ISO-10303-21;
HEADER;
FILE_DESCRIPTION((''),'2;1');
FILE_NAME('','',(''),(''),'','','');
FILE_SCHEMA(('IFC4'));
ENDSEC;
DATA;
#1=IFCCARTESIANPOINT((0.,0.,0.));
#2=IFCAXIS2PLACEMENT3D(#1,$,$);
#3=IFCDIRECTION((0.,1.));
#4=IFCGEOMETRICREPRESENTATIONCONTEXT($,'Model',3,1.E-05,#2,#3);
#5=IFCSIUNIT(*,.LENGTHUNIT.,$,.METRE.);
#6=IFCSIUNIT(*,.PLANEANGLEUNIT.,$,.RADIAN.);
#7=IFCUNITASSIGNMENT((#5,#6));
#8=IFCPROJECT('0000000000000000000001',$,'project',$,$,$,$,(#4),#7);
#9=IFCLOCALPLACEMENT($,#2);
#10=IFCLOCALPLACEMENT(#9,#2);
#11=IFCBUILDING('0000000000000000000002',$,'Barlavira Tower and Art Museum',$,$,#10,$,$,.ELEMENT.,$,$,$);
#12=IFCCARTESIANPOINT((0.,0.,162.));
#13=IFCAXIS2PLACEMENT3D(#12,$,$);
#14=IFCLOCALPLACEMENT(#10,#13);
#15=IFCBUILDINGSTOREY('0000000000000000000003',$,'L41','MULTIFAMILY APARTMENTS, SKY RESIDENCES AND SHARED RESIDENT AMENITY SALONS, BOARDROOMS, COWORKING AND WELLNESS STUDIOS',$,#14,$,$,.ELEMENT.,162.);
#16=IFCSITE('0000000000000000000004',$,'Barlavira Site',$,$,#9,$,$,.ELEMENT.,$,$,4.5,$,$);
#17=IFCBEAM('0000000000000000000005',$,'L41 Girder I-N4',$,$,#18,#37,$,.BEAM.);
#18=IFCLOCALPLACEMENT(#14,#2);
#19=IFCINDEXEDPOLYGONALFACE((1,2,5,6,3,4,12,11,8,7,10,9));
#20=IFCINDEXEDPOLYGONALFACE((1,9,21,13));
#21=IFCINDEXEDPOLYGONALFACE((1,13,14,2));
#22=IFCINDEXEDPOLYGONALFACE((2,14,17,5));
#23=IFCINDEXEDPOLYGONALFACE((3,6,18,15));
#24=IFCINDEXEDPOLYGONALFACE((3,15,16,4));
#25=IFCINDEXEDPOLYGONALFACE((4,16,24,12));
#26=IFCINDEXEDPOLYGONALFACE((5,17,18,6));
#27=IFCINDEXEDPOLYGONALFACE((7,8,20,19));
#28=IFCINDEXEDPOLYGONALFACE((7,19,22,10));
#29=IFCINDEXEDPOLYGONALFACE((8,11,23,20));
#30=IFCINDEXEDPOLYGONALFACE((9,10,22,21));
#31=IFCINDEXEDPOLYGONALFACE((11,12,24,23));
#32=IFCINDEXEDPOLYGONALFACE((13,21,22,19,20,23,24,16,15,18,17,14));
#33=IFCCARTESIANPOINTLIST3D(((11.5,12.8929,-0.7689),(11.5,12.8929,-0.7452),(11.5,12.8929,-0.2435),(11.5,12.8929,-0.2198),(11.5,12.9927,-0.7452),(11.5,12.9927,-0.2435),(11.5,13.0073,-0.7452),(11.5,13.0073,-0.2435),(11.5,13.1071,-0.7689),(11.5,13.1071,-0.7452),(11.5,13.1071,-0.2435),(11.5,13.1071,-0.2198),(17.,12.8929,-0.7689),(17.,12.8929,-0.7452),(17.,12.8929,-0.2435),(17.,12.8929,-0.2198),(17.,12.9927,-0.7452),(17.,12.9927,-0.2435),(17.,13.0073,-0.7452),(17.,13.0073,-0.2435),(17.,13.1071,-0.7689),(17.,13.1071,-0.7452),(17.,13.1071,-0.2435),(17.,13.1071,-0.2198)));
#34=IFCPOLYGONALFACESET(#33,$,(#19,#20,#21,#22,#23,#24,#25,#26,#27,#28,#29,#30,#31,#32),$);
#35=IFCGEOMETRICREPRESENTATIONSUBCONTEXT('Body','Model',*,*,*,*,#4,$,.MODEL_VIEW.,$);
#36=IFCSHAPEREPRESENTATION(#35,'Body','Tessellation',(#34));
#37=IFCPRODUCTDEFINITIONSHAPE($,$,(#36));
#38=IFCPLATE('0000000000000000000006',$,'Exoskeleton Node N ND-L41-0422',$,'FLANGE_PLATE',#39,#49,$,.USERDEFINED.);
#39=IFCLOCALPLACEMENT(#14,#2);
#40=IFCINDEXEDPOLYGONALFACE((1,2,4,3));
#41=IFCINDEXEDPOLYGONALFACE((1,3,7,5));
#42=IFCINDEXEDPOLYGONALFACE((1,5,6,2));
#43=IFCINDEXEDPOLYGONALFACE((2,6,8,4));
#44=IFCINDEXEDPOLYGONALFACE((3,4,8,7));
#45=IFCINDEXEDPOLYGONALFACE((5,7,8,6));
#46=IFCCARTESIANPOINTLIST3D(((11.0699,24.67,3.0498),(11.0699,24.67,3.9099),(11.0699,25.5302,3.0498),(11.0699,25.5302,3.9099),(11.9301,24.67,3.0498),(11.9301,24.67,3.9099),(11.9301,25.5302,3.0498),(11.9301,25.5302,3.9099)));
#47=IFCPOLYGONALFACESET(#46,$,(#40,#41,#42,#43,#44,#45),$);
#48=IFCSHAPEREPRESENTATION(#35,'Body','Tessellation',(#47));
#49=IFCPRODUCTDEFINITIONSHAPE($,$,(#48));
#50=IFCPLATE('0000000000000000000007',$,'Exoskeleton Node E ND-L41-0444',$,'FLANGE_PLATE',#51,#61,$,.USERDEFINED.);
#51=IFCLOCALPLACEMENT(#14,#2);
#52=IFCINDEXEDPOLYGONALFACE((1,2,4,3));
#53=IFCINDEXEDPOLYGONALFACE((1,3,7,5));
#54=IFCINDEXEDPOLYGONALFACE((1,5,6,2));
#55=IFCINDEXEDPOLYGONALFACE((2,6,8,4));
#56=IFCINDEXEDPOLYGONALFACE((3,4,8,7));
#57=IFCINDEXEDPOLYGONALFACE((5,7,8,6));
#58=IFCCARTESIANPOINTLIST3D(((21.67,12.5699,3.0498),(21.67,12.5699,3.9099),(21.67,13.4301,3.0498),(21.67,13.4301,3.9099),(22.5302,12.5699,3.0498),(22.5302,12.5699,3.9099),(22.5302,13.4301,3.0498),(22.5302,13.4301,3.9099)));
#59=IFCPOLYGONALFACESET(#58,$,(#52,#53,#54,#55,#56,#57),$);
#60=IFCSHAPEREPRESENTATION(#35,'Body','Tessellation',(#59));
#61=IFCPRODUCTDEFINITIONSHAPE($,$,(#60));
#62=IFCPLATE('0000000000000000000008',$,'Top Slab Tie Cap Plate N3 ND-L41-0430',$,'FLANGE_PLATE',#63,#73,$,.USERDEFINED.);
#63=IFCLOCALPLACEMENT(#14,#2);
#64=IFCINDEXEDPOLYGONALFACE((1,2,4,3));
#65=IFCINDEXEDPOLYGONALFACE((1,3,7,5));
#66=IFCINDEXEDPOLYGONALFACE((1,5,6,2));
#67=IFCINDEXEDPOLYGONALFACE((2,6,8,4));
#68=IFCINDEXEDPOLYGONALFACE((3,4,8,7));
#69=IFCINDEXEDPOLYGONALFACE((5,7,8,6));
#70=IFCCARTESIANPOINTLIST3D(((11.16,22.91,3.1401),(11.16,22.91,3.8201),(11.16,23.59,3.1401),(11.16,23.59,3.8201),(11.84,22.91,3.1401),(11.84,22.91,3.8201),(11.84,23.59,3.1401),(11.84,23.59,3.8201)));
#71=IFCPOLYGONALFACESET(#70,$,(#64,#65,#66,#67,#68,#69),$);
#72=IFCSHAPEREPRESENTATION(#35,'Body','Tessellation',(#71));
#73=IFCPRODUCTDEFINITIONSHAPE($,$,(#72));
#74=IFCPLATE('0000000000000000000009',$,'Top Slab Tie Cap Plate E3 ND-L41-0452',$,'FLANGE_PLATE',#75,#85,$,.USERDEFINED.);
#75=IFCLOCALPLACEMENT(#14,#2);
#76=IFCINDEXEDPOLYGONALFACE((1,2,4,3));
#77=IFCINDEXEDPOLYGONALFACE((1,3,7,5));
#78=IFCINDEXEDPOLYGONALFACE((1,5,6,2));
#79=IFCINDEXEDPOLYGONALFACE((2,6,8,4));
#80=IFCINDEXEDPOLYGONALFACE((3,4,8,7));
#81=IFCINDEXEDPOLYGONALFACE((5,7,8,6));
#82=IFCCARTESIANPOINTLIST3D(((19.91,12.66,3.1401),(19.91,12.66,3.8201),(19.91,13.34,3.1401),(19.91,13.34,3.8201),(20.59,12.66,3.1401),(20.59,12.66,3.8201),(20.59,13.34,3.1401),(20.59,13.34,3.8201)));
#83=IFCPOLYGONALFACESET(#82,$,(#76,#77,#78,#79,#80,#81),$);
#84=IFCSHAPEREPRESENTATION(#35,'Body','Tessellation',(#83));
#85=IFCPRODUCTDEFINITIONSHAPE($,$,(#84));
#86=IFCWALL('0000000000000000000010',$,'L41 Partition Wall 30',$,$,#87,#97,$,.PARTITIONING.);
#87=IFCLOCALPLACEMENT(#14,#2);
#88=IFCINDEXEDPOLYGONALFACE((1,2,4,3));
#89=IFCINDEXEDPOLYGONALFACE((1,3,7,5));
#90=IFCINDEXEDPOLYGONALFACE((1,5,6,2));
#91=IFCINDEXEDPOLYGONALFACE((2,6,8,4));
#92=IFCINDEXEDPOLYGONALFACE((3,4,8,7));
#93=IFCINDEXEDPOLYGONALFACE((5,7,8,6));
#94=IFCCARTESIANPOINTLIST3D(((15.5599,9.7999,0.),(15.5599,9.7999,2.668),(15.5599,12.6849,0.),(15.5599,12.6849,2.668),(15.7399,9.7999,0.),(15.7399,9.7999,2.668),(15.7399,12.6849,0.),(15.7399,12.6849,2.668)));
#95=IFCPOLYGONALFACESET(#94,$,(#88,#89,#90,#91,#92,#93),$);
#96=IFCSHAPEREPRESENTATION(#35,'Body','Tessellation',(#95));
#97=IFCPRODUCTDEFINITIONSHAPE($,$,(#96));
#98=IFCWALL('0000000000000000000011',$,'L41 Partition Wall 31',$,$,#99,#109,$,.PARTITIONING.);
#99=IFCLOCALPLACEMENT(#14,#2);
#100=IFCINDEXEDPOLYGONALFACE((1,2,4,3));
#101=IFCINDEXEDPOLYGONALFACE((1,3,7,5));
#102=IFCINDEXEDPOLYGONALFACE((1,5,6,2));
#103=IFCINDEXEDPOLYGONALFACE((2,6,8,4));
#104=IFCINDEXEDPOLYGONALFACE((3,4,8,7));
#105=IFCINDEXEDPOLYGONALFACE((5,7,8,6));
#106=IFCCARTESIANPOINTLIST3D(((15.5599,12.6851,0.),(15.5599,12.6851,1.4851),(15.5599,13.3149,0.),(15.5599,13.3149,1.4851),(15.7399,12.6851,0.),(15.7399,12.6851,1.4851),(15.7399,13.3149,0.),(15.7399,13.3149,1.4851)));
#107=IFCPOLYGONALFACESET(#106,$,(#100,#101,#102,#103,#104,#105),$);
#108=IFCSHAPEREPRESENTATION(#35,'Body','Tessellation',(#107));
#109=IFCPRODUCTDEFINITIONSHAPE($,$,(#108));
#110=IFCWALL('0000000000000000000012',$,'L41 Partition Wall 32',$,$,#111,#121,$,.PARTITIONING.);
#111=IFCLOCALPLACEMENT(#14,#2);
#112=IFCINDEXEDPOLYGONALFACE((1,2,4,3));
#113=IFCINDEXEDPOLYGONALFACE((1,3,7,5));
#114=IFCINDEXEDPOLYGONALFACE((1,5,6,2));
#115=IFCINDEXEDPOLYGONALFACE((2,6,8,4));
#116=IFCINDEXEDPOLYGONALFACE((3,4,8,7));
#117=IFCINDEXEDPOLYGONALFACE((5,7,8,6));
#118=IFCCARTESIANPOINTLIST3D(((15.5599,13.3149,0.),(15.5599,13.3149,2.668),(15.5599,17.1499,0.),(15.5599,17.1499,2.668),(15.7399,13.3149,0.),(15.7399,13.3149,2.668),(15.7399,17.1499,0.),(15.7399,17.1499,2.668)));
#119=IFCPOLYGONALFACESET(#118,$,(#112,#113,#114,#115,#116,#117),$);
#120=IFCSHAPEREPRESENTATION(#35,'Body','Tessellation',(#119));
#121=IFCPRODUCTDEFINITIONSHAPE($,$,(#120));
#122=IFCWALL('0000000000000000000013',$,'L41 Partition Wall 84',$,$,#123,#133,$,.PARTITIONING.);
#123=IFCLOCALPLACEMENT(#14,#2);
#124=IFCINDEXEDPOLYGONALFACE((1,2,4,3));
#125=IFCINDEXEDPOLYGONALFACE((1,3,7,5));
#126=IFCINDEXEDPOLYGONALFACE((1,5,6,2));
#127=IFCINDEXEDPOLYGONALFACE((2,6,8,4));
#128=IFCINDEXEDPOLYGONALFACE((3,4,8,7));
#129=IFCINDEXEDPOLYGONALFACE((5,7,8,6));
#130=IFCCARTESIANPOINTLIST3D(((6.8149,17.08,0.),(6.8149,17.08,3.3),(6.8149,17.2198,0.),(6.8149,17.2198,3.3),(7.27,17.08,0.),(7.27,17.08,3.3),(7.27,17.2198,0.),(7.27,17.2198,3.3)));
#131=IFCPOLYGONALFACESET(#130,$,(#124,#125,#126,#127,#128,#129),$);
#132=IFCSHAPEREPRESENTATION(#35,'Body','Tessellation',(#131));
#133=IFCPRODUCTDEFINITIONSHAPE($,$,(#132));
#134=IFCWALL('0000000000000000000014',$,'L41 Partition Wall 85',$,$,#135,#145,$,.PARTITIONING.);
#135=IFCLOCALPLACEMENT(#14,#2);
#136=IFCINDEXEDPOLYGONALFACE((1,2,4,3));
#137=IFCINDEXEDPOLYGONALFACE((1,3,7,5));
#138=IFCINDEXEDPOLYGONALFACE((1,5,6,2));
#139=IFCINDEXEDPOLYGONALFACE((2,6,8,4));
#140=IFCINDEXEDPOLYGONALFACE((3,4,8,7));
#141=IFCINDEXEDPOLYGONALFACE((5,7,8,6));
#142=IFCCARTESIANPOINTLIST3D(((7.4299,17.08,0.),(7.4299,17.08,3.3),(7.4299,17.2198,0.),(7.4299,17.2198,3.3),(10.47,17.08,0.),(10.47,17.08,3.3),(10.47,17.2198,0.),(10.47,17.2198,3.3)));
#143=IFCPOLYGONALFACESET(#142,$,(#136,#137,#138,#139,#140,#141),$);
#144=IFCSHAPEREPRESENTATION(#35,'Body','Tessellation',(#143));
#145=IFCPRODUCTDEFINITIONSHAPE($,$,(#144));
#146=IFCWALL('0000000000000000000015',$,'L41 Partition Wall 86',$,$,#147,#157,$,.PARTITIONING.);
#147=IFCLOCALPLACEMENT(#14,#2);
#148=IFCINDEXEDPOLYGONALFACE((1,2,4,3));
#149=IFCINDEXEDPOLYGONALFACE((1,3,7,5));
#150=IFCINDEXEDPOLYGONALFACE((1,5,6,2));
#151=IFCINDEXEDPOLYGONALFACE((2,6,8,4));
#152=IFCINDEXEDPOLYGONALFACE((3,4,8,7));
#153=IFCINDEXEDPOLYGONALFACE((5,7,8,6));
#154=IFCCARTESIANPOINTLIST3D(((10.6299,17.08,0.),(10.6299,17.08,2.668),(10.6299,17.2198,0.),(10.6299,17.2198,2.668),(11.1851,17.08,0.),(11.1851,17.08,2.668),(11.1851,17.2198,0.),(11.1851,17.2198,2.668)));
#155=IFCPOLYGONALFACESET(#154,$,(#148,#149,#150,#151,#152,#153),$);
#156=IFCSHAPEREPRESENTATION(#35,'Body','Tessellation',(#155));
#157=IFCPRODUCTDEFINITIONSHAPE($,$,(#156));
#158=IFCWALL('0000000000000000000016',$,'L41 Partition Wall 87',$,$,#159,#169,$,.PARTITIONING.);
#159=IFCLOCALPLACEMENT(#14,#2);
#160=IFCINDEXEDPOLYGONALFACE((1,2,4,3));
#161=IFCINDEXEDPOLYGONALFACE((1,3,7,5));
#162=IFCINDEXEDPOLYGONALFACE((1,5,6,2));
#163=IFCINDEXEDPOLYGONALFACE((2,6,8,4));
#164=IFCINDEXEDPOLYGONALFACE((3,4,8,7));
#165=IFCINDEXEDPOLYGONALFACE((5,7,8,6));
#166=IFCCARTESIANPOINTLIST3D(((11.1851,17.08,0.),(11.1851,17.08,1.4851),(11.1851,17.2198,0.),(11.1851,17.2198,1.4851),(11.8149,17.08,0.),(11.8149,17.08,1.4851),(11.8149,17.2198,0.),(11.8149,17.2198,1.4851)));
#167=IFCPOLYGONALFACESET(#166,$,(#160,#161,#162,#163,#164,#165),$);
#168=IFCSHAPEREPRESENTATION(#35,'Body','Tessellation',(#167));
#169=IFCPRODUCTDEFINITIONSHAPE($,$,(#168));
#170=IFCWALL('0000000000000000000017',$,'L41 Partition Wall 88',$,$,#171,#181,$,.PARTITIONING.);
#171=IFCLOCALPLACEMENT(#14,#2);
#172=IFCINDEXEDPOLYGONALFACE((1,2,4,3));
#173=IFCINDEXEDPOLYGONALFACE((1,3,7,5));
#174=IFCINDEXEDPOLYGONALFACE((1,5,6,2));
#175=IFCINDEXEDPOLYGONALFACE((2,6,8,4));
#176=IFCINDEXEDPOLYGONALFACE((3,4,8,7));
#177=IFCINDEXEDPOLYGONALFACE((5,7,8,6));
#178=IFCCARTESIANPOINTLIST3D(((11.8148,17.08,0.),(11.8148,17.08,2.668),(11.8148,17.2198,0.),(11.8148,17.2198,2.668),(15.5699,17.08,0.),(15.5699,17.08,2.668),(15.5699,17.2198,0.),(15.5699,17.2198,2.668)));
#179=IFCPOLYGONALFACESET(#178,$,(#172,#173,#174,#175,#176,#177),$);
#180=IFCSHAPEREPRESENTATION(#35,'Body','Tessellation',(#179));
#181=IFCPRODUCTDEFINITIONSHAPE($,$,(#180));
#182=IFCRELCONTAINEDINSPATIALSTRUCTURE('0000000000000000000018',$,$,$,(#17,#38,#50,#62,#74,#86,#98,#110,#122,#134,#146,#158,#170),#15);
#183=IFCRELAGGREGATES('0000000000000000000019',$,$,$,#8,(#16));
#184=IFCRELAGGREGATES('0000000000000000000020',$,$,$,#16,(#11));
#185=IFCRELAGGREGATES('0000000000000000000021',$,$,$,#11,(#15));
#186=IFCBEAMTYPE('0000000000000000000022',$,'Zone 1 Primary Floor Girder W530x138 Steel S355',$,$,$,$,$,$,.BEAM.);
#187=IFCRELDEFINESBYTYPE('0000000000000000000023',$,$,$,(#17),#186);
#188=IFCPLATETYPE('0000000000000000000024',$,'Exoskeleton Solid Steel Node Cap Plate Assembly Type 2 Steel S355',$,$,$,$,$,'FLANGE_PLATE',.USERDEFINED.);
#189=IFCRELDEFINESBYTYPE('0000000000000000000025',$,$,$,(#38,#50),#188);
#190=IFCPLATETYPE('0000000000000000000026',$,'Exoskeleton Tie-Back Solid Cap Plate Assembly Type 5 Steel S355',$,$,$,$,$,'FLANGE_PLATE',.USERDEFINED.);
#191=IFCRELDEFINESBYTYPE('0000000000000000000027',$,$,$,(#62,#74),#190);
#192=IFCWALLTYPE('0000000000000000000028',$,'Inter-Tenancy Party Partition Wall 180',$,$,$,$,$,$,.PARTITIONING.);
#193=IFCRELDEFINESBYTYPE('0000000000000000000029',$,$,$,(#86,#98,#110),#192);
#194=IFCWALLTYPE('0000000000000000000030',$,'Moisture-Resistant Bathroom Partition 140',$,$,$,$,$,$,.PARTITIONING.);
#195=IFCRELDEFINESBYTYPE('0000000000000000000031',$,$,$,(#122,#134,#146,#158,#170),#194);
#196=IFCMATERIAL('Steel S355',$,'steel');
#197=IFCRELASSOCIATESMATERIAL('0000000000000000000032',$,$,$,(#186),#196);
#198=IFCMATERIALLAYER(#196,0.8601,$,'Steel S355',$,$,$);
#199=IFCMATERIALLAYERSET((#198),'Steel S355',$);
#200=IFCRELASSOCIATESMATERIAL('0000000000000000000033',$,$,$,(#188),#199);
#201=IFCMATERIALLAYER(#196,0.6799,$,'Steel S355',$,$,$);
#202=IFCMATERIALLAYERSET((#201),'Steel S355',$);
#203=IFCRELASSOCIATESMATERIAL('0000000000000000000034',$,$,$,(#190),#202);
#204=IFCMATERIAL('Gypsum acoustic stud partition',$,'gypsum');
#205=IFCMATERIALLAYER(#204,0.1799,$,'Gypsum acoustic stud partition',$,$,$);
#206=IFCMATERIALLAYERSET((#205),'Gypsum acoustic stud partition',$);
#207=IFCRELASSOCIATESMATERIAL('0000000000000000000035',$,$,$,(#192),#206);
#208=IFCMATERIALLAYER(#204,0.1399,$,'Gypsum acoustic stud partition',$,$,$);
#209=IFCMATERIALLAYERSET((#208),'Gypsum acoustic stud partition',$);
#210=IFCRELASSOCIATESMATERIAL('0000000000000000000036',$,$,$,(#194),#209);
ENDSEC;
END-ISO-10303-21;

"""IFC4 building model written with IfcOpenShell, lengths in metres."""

from ifc_helpers import new_model, si_unit, direction, frame, frame_2d, origin, origin_2d, place, context, subcontext, project, spatial, rectangle, i_section, extrude, material, layer, layer_set, material_profile, profile_set, type_object, element, save


model = new_model("IFC4")

# Units and contexts
model_context = context("Model", 3, precision=1e-05, world=origin(), true_north=direction((0.0, 1.0)))
body_context = subcontext(model_context, "Body", "Model", "MODEL_VIEW")
ifc_project = project(units=[si_unit("LENGTHUNIT", "METRE"), si_unit("PLANEANGLEUNIT", "RADIAN")], contexts=[model_context])

# Site, building, storey
site_placement = place(None, origin())
site = spatial("IfcSite", under=ifc_project, at=site_placement, Name="Barlavira Site", CompositionType="ELEMENT", RefElevation=4.5)
building_placement = place(site_placement, origin())
building = spatial("IfcBuilding", under=site, at=building_placement, Name="Barlavira Tower and Art Museum", CompositionType="ELEMENT")
storey_placement = place(building_placement, frame((0.0, 0.0, 162.0)))
storey = spatial("IfcBuildingStorey", under=building, at=storey_placement, Name="L41", Description="MULTIFAMILY APARTMENTS, SKY RESIDENCES AND SHARED RESIDENT AMENITY SALONS, BOARDROOMS, COWORKING AND WELLNESS STUDIOS", CompositionType="ELEMENT", Elevation=162.0)

# Shared definitions
ifc_material_1 = material(Name="Steel S355", Category="steel")

# Beam
ifc_material_profile_1 = material_profile(ifc_material_1, i_section(OverallWidth=0.2141, OverallDepth=0.5491, WebThickness=0.0146, FlangeThickness=0.0237, at=origin_2d()), Name="W530x138.0")
ifc_profile_set_1 = profile_set([ifc_material_profile_1], Name="Steel S355")
beam_type_1 = type_object("IfcBeamType", Name="Zone 1 Primary Floor Girder W530x138 Steel S355", PredefinedType="BEAM", material=ifc_profile_set_1)
beam_1_placement = place(storey_placement, frame((11.5, 13.0, -0.4944), z_axis=(1.0, 0.0, 0.0), x_axis=(0.0, 1.0, 0.0)))
element("IfcBeam", 1, at=beam_1_placement, inside=storey, type_object=beam_type_1, Name="L41 Girder I-N4", PredefinedType="BEAM", context=body_context, shape_type="SweptSolid", body=[
    extrude(i_section(OverallWidth=0.2141, OverallDepth=0.5491, WebThickness=0.0146, FlangeThickness=0.0237, at=origin_2d()), origin(), (0.0, 0.0, 1.0), 5.5),
])

# Plates
ifc_layer_1 = layer(ifc_material_1, 0.8601, Name="Steel S355")
ifc_layer_set_1 = layer_set([ifc_layer_1], Name="Steel S355")
plate_type_1 = type_object("IfcPlateType", Name="Exoskeleton Solid Steel Node Cap Plate Assembly Type 2 Steel S355", ElementType="FLANGE_PLATE", PredefinedType="USERDEFINED", material=ifc_layer_set_1)
for number, where, z_axis, x_axis, name in (
    (2, (11.5, 25.1001, 3.0498), (0.0, 0.0, 1.0), (1.0, 0.0, 0.0), "Exoskeleton Node N ND-L41-0422"),
    (3, (22.1001, 13.0, 3.0498), (0.0, 0.0, 1.0), (1.0, 0.0, 0.0), "Exoskeleton Node E ND-L41-0444"),
):
    element("IfcPlate", number, at=place(storey_placement, frame(where, z_axis=z_axis, x_axis=x_axis)), inside=storey, type_object=plate_type_1, Name=name, ObjectType="FLANGE_PLATE", PredefinedType="USERDEFINED", context=body_context, shape_type="SweptSolid", body=[
        extrude(rectangle(XDim=0.8601, YDim=0.8601, at=origin_2d()), origin(), (0.0, 0.0, 1.0), 0.8601),
    ])
ifc_layer_2 = layer(ifc_material_1, 0.6799, Name="Steel S355")
ifc_layer_set_2 = layer_set([ifc_layer_2], Name="Steel S355")
plate_type_2 = type_object("IfcPlateType", Name="Exoskeleton Tie-Back Solid Cap Plate Assembly Type 5 Steel S355", ElementType="FLANGE_PLATE", PredefinedType="USERDEFINED", material=ifc_layer_set_2)
for number, where, z_axis, x_axis, name in (
    (4, (11.5, 23.25, 3.1401), (0.0, 0.0, 1.0), (1.0, 0.0, 0.0), "Top Slab Tie Cap Plate N3 ND-L41-0430"),
    (5, (20.25, 13.0, 3.1401), (0.0, 0.0, 1.0), (1.0, 0.0, 0.0), "Top Slab Tie Cap Plate E3 ND-L41-0452"),
):
    element("IfcPlate", number, at=place(storey_placement, frame(where, z_axis=z_axis, x_axis=x_axis)), inside=storey, type_object=plate_type_2, Name=name, ObjectType="FLANGE_PLATE", PredefinedType="USERDEFINED", context=body_context, shape_type="SweptSolid", body=[
        extrude(rectangle(XDim=0.6799, YDim=0.6799, at=origin_2d()), origin(), (0.0, 0.0, 1.0), 0.6799),
    ])

# Walls
ifc_material_2 = material(Name="Gypsum acoustic stud partition", Category="gypsum")
ifc_layer_3 = layer(ifc_material_2, 0.1799, Name="Gypsum acoustic stud partition")
ifc_layer_set_3 = layer_set([ifc_layer_3], Name="Gypsum acoustic stud partition")
wall_type_1 = type_object("IfcWallType", Name="Inter-Tenancy Party Partition Wall 180", PredefinedType="PARTITIONING", material=ifc_layer_set_3)
wall_1_placement = place(storey_placement, frame((15.6499, 9.8, 0.0), z_axis=(0.0, 0.0, 1.0), x_axis=(0.0, 1.0, 0.0)))
element("IfcWall", 6, at=wall_1_placement, inside=storey, type_object=wall_type_1, Name="L41 Partition Wall 30", PredefinedType="PARTITIONING", context=body_context, shape_type="SweptSolid", body=[
    extrude(rectangle(XDim=2.885, YDim=0.1799, at=frame_2d((1.4424, 0.0))), origin(), (0.0, 0.0, 1.0), 2.668),
])
wall_2_placement = place(storey_placement, frame((15.6499, 12.6851, 0.0), z_axis=(0.0, 0.0, 1.0), x_axis=(0.0, 1.0, 0.0)))
element("IfcWall", 7, at=wall_2_placement, inside=storey, type_object=wall_type_1, Name="L41 Partition Wall 31", PredefinedType="PARTITIONING", context=body_context, shape_type="SweptSolid", body=[
    extrude(rectangle(XDim=0.6299, YDim=0.1799, at=frame_2d((0.3149, 0.0))), origin(), (0.0, 0.0, 1.0), 1.4851),
])
wall_3_placement = place(storey_placement, frame((15.6499, 13.3149, 0.0), z_axis=(0.0, 0.0, 1.0), x_axis=(0.0, 1.0, 0.0)))
element("IfcWall", 8, at=wall_3_placement, inside=storey, type_object=wall_type_1, Name="L41 Partition Wall 32", PredefinedType="PARTITIONING", context=body_context, shape_type="SweptSolid", body=[
    extrude(rectangle(XDim=3.835, YDim=0.1799, at=frame_2d((1.9175, 0.0))), origin(), (0.0, 0.0, 1.0), 2.668),
])
ifc_layer_4 = layer(ifc_material_2, 0.1399, Name="Gypsum acoustic stud partition")
ifc_layer_set_4 = layer_set([ifc_layer_4], Name="Gypsum acoustic stud partition")
wall_type_2 = type_object("IfcWallType", Name="Moisture-Resistant Bathroom Partition 140", PredefinedType="PARTITIONING", material=ifc_layer_set_4)
wall_4_placement = place(storey_placement, frame((6.8149, 17.1499, 0.0), z_axis=(0.0, 0.0, 1.0), x_axis=(1.0, 0.0, 0.0)))
element("IfcWall", 9, at=wall_4_placement, inside=storey, type_object=wall_type_2, Name="L41 Partition Wall 84", PredefinedType="PARTITIONING", context=body_context, shape_type="SweptSolid", body=[
    extrude(rectangle(XDim=0.4551, YDim=0.1399, at=frame_2d((0.2275, 0.0))), origin(), (0.0, 0.0, 1.0), 3.3),
])
wall_5_placement = place(storey_placement, frame((7.4299, 17.1499, 0.0), z_axis=(0.0, 0.0, 1.0), x_axis=(1.0, 0.0, 0.0)))
element("IfcWall", 10, at=wall_5_placement, inside=storey, type_object=wall_type_2, Name="L41 Partition Wall 85", PredefinedType="PARTITIONING", context=body_context, shape_type="SweptSolid", body=[
    extrude(rectangle(XDim=3.04, YDim=0.1399, at=frame_2d((1.52, 0.0))), origin(), (0.0, 0.0, 1.0), 3.3),
])
wall_6_placement = place(storey_placement, frame((10.6299, 17.1499, 0.0), z_axis=(0.0, 0.0, 1.0), x_axis=(1.0, 0.0, 0.0)))
element("IfcWall", 11, at=wall_6_placement, inside=storey, type_object=wall_type_2, Name="L41 Partition Wall 86", PredefinedType="PARTITIONING", context=body_context, shape_type="SweptSolid", body=[
    extrude(rectangle(XDim=0.5552, YDim=0.1399, at=frame_2d((0.2776, 0.0))), origin(), (0.0, 0.0, 1.0), 2.668),
])
wall_7_placement = place(storey_placement, frame((11.1851, 17.1499, 0.0), z_axis=(0.0, 0.0, 1.0), x_axis=(1.0, 0.0, 0.0)))
element("IfcWall", 12, at=wall_7_placement, inside=storey, type_object=wall_type_2, Name="L41 Partition Wall 87", PredefinedType="PARTITIONING", context=body_context, shape_type="SweptSolid", body=[
    extrude(rectangle(XDim=0.6299, YDim=0.1399, at=frame_2d((0.3149, 0.0))), origin(), (0.0, 0.0, 1.0), 1.4851),
])
wall_8_placement = place(storey_placement, frame((11.8149, 17.1499, 0.0), z_axis=(0.0, 0.0, 1.0), x_axis=(1.0, 0.0, 0.0)))
element("IfcWall", 13, at=wall_8_placement, inside=storey, type_object=wall_type_2, Name="L41 Partition Wall 88", PredefinedType="PARTITIONING", context=body_context, shape_type="SweptSolid", body=[
    extrude(rectangle(XDim=3.7551, YDim=0.1399, at=frame_2d((1.8774, 0.0))), origin(), (0.0, 0.0, 1.0), 2.668),
])

save(model, "model.ifc")
